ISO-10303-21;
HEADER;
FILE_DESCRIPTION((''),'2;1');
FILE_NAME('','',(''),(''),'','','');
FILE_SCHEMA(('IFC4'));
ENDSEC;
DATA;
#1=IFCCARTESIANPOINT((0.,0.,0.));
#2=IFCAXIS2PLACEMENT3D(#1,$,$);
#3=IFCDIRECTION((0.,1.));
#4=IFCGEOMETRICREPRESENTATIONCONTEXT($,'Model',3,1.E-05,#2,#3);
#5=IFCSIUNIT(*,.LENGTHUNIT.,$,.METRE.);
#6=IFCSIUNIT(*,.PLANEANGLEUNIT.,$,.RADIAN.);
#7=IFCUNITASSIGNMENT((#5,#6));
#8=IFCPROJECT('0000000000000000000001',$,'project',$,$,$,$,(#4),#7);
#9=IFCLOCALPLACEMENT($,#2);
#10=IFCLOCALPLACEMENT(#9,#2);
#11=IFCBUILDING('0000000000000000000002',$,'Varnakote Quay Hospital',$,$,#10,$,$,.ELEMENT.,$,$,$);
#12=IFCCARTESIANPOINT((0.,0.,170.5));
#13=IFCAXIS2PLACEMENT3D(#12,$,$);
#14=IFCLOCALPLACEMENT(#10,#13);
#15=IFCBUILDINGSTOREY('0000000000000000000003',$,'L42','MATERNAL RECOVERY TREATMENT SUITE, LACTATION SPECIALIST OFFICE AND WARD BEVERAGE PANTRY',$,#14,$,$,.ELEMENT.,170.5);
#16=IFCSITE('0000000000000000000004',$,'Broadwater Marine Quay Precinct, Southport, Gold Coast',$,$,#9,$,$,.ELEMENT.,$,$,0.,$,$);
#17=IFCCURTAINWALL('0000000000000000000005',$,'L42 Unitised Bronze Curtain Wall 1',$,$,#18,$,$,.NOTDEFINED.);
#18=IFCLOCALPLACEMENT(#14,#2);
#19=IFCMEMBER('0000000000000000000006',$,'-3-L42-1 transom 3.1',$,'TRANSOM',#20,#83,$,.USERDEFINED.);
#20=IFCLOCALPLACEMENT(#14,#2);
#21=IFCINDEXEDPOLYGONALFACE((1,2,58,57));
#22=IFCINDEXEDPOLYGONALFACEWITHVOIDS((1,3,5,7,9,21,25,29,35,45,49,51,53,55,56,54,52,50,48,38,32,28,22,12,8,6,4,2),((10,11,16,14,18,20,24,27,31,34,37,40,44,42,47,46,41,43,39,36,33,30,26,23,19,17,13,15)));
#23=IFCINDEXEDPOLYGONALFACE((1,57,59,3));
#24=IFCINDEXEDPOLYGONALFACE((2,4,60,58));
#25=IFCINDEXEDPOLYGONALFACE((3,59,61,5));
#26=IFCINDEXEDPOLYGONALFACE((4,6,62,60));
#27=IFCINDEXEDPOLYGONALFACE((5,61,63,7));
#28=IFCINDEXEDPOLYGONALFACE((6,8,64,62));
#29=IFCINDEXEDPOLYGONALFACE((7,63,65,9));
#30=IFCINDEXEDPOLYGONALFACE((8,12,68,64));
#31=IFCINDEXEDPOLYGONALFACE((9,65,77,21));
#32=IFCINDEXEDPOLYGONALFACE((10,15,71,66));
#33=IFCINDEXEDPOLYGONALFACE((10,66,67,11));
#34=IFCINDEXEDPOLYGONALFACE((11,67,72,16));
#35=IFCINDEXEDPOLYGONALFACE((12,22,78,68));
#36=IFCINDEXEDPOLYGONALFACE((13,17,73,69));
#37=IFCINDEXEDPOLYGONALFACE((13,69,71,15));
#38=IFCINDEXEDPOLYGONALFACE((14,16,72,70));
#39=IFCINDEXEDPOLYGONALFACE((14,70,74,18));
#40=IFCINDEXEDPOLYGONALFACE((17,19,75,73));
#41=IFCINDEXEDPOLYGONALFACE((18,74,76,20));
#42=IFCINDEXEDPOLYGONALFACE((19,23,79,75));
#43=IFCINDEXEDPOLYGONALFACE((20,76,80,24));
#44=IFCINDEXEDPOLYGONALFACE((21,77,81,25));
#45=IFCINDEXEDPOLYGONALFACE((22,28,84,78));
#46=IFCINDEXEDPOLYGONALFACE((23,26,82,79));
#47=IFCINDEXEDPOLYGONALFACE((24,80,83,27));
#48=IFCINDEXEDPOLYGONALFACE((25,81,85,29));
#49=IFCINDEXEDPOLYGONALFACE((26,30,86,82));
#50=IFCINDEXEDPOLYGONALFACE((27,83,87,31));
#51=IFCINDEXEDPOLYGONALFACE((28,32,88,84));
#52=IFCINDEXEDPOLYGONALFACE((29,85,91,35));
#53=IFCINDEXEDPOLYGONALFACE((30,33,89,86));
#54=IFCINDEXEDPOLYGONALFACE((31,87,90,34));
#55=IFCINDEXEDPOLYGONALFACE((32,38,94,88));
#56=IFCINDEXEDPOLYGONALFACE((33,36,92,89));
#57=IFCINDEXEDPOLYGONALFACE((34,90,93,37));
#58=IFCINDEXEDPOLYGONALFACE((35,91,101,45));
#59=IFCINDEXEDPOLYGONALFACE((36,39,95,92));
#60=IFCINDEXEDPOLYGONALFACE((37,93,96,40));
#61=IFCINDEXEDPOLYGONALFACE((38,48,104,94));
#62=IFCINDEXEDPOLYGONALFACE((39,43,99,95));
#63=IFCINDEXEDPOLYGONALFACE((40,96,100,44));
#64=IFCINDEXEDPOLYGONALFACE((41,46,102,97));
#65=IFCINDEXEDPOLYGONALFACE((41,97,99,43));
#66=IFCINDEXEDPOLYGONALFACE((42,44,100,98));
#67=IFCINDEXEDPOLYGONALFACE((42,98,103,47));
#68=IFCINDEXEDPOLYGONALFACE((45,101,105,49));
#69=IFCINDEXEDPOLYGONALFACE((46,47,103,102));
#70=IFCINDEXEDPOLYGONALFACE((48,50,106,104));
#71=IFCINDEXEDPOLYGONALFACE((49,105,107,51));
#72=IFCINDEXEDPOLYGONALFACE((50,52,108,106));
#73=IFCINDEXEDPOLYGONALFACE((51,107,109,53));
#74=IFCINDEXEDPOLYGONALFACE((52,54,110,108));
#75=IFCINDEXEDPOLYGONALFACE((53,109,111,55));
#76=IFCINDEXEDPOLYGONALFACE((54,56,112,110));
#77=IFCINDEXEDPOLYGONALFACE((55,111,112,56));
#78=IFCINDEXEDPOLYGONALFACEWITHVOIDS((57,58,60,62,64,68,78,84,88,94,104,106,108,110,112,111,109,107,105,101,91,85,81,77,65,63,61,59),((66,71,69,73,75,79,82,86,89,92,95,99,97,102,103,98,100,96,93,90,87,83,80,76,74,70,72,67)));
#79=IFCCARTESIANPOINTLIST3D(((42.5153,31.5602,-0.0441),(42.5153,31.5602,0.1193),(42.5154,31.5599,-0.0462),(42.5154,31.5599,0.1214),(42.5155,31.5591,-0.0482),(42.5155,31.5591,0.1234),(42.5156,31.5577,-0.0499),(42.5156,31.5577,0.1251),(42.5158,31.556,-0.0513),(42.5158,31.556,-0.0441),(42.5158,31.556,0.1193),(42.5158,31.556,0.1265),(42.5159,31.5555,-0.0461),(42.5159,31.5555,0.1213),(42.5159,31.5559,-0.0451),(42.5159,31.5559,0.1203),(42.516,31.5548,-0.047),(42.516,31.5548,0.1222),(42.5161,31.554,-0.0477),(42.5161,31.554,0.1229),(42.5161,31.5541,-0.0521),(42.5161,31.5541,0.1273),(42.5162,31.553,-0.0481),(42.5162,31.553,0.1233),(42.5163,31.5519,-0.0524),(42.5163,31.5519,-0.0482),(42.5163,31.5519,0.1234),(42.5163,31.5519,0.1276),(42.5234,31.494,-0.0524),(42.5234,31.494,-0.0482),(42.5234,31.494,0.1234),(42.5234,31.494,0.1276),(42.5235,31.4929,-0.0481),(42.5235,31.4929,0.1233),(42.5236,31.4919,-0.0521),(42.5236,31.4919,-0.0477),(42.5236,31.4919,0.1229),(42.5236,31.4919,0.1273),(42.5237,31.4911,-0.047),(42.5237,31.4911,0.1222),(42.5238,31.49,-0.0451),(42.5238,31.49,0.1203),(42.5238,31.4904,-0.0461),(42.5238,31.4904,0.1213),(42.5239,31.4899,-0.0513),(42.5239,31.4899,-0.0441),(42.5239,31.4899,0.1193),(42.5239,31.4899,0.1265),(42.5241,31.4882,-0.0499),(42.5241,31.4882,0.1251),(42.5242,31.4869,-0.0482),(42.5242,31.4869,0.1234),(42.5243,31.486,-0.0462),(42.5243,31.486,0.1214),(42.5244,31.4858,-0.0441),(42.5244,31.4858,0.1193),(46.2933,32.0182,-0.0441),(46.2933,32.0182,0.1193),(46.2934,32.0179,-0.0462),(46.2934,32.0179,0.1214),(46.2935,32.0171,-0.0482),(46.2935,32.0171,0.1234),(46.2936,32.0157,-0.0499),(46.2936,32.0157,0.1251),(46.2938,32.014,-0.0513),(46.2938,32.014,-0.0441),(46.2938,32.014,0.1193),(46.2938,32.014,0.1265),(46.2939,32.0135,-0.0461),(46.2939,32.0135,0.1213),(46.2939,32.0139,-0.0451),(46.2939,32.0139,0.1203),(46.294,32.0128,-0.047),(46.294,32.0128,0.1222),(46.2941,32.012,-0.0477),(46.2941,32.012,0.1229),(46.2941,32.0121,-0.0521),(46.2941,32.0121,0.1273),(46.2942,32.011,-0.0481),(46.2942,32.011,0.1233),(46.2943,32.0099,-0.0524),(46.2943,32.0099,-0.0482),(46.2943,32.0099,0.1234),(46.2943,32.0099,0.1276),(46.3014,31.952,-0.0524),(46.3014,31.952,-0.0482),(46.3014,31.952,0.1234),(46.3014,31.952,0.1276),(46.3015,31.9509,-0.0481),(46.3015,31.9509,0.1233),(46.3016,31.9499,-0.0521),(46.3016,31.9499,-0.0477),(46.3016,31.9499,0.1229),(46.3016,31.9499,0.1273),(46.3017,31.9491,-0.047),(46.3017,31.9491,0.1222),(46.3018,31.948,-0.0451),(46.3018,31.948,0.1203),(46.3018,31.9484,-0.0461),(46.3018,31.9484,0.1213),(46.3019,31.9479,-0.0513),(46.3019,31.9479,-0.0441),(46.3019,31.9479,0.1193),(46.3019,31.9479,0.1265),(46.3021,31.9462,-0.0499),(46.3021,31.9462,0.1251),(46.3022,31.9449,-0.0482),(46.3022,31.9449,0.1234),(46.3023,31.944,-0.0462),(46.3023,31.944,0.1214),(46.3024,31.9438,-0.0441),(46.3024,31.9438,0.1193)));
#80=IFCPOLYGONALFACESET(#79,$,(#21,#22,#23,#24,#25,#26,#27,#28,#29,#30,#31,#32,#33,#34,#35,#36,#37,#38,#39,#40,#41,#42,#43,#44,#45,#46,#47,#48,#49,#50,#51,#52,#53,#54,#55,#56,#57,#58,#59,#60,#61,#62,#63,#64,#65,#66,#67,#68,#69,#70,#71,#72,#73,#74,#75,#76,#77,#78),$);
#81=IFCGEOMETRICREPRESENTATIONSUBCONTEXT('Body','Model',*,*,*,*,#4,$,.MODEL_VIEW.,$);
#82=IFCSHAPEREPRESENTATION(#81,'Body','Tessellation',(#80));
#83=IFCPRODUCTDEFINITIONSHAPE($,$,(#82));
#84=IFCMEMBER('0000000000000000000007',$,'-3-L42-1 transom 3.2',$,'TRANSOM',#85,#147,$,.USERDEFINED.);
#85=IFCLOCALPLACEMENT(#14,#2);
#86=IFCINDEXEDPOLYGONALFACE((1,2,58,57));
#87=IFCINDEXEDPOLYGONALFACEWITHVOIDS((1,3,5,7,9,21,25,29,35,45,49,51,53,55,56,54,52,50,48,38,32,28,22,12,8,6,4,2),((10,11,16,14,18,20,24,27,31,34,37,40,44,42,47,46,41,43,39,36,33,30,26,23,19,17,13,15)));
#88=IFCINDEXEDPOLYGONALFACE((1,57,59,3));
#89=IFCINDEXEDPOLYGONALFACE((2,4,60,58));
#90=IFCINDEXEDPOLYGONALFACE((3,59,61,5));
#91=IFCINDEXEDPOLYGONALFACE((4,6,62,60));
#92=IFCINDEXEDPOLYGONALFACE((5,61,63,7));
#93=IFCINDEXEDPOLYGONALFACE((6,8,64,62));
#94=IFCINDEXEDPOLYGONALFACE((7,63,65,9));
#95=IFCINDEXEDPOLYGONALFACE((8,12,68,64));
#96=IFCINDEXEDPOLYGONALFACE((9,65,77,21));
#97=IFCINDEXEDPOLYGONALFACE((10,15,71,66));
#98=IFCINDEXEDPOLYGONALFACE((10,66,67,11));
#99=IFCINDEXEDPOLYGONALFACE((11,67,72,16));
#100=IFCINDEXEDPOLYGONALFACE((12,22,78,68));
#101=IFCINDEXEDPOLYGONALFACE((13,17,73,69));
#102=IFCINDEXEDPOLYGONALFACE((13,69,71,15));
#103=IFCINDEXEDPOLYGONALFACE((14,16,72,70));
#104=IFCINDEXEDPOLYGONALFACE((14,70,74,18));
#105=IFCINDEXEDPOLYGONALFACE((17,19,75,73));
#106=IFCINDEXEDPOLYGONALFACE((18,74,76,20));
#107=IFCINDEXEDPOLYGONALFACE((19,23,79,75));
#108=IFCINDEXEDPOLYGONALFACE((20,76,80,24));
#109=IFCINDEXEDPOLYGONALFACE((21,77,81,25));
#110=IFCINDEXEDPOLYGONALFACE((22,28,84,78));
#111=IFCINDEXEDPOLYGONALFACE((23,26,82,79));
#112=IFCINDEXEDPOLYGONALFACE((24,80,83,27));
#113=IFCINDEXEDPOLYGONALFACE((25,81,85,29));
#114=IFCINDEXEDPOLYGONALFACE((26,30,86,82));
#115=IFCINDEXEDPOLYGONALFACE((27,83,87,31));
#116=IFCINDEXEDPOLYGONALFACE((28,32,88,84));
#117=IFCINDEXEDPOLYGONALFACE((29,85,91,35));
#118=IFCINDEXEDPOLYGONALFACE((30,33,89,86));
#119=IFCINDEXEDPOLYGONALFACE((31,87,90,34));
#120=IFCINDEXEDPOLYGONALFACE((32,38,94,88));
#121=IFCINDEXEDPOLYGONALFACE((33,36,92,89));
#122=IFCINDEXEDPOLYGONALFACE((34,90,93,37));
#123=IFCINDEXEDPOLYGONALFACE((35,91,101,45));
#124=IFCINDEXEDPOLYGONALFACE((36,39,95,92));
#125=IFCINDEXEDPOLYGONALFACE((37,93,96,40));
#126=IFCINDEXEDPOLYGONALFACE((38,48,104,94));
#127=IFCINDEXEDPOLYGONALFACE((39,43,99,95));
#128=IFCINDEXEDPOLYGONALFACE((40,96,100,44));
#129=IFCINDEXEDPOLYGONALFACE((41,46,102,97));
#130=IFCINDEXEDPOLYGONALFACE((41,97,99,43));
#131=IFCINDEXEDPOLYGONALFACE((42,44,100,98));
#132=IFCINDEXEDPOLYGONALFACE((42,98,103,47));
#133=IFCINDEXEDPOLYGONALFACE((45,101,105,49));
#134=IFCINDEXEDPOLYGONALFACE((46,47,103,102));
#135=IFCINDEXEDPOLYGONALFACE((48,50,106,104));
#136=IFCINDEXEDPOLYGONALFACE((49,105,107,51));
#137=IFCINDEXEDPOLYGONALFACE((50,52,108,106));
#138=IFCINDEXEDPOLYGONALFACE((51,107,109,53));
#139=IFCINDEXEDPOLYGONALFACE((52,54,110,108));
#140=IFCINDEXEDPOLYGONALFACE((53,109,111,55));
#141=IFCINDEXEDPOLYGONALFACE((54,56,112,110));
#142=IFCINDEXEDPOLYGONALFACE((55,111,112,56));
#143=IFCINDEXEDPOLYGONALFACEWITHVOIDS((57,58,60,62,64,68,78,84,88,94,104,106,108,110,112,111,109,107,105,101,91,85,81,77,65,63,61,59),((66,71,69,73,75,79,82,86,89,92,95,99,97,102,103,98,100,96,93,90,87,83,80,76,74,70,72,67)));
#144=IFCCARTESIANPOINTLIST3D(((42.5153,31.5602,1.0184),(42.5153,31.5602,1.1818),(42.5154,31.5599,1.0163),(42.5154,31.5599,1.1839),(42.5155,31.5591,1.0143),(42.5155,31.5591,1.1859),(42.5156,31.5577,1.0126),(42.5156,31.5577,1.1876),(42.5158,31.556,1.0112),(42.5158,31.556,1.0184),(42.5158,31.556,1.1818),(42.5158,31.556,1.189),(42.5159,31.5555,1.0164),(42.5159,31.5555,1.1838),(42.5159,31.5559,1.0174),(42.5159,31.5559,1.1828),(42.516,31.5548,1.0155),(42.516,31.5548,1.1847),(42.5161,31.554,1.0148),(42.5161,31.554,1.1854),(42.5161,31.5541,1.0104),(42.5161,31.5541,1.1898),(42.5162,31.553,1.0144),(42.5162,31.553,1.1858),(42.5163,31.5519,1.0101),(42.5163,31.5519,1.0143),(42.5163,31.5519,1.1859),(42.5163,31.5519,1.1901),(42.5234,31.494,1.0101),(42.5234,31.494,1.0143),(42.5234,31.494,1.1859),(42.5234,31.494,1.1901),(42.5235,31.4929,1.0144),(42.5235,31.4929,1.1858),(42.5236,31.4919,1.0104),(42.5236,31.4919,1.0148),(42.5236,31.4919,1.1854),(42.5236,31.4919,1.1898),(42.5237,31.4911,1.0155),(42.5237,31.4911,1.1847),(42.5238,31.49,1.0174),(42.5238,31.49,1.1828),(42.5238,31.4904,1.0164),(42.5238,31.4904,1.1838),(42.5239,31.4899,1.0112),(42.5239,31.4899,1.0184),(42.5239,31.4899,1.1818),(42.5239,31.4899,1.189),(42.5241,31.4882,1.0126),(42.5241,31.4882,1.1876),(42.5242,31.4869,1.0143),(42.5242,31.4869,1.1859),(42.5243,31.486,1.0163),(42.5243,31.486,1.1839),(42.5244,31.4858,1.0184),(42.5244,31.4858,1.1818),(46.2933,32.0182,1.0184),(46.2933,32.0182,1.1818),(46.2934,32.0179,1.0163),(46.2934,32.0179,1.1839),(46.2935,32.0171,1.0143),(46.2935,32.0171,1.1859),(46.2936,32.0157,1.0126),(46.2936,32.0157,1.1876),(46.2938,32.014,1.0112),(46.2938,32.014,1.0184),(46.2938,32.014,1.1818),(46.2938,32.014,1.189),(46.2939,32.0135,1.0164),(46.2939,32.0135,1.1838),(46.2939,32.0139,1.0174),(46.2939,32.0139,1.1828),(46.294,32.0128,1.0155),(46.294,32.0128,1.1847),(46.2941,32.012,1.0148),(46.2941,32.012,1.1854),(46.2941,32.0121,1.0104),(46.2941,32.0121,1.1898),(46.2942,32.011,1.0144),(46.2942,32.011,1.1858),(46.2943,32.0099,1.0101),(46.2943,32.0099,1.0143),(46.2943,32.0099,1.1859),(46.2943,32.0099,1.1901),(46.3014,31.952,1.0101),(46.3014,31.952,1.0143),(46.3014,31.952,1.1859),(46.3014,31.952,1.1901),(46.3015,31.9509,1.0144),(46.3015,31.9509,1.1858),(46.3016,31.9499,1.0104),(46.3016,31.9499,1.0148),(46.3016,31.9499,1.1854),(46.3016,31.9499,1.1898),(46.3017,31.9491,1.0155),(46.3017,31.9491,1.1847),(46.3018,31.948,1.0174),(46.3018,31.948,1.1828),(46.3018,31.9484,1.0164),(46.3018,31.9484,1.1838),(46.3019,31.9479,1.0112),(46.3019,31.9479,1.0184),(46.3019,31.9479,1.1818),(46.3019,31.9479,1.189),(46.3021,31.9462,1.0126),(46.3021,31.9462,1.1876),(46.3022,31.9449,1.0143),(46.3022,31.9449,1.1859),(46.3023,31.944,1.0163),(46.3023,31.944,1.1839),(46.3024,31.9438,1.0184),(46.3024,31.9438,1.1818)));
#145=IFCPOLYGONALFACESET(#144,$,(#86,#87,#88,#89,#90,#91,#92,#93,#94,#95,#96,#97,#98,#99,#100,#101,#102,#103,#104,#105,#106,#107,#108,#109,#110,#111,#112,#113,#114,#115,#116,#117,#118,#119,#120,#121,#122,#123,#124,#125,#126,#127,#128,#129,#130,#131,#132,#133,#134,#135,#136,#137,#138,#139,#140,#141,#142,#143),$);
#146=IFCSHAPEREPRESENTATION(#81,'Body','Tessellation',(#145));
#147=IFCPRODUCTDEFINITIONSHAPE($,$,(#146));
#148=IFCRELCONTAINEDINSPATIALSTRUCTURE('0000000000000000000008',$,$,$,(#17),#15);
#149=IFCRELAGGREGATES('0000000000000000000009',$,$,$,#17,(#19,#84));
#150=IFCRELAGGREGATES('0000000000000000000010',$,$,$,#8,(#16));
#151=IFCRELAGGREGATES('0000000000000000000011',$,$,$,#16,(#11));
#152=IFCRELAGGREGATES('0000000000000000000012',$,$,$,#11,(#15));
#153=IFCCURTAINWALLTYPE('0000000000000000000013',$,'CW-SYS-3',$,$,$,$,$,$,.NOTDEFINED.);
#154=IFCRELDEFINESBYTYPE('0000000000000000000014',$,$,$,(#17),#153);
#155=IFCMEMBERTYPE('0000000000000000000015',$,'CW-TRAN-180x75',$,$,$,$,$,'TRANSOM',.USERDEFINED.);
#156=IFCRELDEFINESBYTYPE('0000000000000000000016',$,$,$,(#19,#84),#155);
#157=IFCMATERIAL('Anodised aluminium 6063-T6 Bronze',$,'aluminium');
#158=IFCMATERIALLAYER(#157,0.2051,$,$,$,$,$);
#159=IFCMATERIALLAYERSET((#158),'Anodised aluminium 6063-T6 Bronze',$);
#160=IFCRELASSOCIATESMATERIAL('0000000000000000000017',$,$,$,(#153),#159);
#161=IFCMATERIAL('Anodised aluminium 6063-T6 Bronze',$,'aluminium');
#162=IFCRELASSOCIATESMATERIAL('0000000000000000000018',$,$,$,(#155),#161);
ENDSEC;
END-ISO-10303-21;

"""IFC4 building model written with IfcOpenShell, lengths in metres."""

from ifc_helpers import new_model, si_unit, direction, frame, origin, origin_2d, place, context, subcontext, project, spatial, hollow_rectangle, extrude, material, layer, layer_set, material_profile, profile_set, type_object, element, aggregate, save


model = new_model("IFC4")

# Units and contexts
model_context = context("Model", 3, precision=1e-05, world=origin(), true_north=direction((0.0, 1.0)))
body_context = subcontext(model_context, "Body", "Model", "MODEL_VIEW")
ifc_project = project(units=[si_unit("LENGTHUNIT", "METRE"), si_unit("PLANEANGLEUNIT", "RADIAN")], contexts=[model_context])

# Site, building, storey
site_placement = place(None, origin())
site = spatial("IfcSite", under=ifc_project, at=site_placement, Name="Broadwater Marine Quay Precinct, Southport, Gold Coast", CompositionType="ELEMENT", RefElevation=0.0)
building_placement = place(site_placement, origin())
building = spatial("IfcBuilding", under=site, at=building_placement, Name="Varnakote Quay Hospital", CompositionType="ELEMENT")
storey_placement = place(building_placement, frame((0.0, 0.0, 170.5)))
storey = spatial("IfcBuildingStorey", under=building, at=storey_placement, Name="L42", Description="MATERNAL RECOVERY TREATMENT SUITE, LACTATION SPECIALIST OFFICE AND WARD BEVERAGE PANTRY", CompositionType="ELEMENT", Elevation=170.5)

# Curtain wall, members
ifc_material_1 = material(Name="Anodised aluminium 6063-T6 Bronze", Category="aluminium")
ifc_layer_1 = layer(ifc_material_1, 0.2051)
ifc_layer_set_1 = layer_set([ifc_layer_1], Name="Anodised aluminium 6063-T6 Bronze")
curtain_wall_type = type_object("IfcCurtainWallType", Name="CW-SYS-3", PredefinedType="NOTDEFINED", material=ifc_layer_set_1)
curtain_wall_placement = place(storey_placement, origin())
curtain_wall = element("IfcCurtainWall", 1, at=curtain_wall_placement, inside=storey, type_object=curtain_wall_type, Name="L42 Unitised Bronze Curtain Wall 1", PredefinedType="NOTDEFINED")
ifc_material_2 = material(Name="Anodised aluminium 6063-T6 Bronze", Category="aluminium")
ifc_material_profile_1 = material_profile(ifc_material_2, hollow_rectangle(XDim=0.075, YDim=0.1799, WallThickness=0.0042, InnerFilletRadius=0.0042, OuterFilletRadius=0.0083, at=origin_2d()), Name="CW-TRAN-180x75")
ifc_profile_set_1 = profile_set([ifc_material_profile_1], Name="Anodised aluminium 6063-T6 Bronze")
member_type_1 = type_object("IfcMemberType", Name="CW-TRAN-180x75", ElementType="TRANSOM", PredefinedType="USERDEFINED", material=ifc_profile_set_1)
member_1_placement = place(storey_placement, frame((46.2979, 31.981, 0.0376), z_axis=(-0.992732, -0.120347, 0.0), x_axis=(0.120347, -0.992732, 0.0)))
member_1 = element("IfcMember", 2, at=member_1_placement, type_object=member_type_1, Name="-3-L42-1 transom 3.1", ObjectType="TRANSOM", PredefinedType="USERDEFINED", context=body_context, shape_type="SweptSolid", body=[
    extrude(hollow_rectangle(XDim=0.075, YDim=0.1799, WallThickness=0.0042, InnerFilletRadius=0.0042, OuterFilletRadius=0.0083, at=origin_2d()), origin(), (0.0, 0.0, 1.0), 3.8057),
])
member_2_placement = place(storey_placement, frame((46.2979, 31.981, 1.1001), z_axis=(-0.992732, -0.120347, 0.0), x_axis=(0.120347, -0.992732, 0.0)))
member_2 = element("IfcMember", 3, at=member_2_placement, type_object=member_type_1, Name="-3-L42-1 transom 3.2", ObjectType="TRANSOM", PredefinedType="USERDEFINED", context=body_context, shape_type="SweptSolid", body=[
    extrude(hollow_rectangle(XDim=0.075, YDim=0.1799, WallThickness=0.0042, InnerFilletRadius=0.0042, OuterFilletRadius=0.0083, at=origin_2d()), origin(), (0.0, 0.0, 1.0), 3.8057),
])

aggregate(curtain_wall, [member_1, member_2])

save(model, "model.ifc")
